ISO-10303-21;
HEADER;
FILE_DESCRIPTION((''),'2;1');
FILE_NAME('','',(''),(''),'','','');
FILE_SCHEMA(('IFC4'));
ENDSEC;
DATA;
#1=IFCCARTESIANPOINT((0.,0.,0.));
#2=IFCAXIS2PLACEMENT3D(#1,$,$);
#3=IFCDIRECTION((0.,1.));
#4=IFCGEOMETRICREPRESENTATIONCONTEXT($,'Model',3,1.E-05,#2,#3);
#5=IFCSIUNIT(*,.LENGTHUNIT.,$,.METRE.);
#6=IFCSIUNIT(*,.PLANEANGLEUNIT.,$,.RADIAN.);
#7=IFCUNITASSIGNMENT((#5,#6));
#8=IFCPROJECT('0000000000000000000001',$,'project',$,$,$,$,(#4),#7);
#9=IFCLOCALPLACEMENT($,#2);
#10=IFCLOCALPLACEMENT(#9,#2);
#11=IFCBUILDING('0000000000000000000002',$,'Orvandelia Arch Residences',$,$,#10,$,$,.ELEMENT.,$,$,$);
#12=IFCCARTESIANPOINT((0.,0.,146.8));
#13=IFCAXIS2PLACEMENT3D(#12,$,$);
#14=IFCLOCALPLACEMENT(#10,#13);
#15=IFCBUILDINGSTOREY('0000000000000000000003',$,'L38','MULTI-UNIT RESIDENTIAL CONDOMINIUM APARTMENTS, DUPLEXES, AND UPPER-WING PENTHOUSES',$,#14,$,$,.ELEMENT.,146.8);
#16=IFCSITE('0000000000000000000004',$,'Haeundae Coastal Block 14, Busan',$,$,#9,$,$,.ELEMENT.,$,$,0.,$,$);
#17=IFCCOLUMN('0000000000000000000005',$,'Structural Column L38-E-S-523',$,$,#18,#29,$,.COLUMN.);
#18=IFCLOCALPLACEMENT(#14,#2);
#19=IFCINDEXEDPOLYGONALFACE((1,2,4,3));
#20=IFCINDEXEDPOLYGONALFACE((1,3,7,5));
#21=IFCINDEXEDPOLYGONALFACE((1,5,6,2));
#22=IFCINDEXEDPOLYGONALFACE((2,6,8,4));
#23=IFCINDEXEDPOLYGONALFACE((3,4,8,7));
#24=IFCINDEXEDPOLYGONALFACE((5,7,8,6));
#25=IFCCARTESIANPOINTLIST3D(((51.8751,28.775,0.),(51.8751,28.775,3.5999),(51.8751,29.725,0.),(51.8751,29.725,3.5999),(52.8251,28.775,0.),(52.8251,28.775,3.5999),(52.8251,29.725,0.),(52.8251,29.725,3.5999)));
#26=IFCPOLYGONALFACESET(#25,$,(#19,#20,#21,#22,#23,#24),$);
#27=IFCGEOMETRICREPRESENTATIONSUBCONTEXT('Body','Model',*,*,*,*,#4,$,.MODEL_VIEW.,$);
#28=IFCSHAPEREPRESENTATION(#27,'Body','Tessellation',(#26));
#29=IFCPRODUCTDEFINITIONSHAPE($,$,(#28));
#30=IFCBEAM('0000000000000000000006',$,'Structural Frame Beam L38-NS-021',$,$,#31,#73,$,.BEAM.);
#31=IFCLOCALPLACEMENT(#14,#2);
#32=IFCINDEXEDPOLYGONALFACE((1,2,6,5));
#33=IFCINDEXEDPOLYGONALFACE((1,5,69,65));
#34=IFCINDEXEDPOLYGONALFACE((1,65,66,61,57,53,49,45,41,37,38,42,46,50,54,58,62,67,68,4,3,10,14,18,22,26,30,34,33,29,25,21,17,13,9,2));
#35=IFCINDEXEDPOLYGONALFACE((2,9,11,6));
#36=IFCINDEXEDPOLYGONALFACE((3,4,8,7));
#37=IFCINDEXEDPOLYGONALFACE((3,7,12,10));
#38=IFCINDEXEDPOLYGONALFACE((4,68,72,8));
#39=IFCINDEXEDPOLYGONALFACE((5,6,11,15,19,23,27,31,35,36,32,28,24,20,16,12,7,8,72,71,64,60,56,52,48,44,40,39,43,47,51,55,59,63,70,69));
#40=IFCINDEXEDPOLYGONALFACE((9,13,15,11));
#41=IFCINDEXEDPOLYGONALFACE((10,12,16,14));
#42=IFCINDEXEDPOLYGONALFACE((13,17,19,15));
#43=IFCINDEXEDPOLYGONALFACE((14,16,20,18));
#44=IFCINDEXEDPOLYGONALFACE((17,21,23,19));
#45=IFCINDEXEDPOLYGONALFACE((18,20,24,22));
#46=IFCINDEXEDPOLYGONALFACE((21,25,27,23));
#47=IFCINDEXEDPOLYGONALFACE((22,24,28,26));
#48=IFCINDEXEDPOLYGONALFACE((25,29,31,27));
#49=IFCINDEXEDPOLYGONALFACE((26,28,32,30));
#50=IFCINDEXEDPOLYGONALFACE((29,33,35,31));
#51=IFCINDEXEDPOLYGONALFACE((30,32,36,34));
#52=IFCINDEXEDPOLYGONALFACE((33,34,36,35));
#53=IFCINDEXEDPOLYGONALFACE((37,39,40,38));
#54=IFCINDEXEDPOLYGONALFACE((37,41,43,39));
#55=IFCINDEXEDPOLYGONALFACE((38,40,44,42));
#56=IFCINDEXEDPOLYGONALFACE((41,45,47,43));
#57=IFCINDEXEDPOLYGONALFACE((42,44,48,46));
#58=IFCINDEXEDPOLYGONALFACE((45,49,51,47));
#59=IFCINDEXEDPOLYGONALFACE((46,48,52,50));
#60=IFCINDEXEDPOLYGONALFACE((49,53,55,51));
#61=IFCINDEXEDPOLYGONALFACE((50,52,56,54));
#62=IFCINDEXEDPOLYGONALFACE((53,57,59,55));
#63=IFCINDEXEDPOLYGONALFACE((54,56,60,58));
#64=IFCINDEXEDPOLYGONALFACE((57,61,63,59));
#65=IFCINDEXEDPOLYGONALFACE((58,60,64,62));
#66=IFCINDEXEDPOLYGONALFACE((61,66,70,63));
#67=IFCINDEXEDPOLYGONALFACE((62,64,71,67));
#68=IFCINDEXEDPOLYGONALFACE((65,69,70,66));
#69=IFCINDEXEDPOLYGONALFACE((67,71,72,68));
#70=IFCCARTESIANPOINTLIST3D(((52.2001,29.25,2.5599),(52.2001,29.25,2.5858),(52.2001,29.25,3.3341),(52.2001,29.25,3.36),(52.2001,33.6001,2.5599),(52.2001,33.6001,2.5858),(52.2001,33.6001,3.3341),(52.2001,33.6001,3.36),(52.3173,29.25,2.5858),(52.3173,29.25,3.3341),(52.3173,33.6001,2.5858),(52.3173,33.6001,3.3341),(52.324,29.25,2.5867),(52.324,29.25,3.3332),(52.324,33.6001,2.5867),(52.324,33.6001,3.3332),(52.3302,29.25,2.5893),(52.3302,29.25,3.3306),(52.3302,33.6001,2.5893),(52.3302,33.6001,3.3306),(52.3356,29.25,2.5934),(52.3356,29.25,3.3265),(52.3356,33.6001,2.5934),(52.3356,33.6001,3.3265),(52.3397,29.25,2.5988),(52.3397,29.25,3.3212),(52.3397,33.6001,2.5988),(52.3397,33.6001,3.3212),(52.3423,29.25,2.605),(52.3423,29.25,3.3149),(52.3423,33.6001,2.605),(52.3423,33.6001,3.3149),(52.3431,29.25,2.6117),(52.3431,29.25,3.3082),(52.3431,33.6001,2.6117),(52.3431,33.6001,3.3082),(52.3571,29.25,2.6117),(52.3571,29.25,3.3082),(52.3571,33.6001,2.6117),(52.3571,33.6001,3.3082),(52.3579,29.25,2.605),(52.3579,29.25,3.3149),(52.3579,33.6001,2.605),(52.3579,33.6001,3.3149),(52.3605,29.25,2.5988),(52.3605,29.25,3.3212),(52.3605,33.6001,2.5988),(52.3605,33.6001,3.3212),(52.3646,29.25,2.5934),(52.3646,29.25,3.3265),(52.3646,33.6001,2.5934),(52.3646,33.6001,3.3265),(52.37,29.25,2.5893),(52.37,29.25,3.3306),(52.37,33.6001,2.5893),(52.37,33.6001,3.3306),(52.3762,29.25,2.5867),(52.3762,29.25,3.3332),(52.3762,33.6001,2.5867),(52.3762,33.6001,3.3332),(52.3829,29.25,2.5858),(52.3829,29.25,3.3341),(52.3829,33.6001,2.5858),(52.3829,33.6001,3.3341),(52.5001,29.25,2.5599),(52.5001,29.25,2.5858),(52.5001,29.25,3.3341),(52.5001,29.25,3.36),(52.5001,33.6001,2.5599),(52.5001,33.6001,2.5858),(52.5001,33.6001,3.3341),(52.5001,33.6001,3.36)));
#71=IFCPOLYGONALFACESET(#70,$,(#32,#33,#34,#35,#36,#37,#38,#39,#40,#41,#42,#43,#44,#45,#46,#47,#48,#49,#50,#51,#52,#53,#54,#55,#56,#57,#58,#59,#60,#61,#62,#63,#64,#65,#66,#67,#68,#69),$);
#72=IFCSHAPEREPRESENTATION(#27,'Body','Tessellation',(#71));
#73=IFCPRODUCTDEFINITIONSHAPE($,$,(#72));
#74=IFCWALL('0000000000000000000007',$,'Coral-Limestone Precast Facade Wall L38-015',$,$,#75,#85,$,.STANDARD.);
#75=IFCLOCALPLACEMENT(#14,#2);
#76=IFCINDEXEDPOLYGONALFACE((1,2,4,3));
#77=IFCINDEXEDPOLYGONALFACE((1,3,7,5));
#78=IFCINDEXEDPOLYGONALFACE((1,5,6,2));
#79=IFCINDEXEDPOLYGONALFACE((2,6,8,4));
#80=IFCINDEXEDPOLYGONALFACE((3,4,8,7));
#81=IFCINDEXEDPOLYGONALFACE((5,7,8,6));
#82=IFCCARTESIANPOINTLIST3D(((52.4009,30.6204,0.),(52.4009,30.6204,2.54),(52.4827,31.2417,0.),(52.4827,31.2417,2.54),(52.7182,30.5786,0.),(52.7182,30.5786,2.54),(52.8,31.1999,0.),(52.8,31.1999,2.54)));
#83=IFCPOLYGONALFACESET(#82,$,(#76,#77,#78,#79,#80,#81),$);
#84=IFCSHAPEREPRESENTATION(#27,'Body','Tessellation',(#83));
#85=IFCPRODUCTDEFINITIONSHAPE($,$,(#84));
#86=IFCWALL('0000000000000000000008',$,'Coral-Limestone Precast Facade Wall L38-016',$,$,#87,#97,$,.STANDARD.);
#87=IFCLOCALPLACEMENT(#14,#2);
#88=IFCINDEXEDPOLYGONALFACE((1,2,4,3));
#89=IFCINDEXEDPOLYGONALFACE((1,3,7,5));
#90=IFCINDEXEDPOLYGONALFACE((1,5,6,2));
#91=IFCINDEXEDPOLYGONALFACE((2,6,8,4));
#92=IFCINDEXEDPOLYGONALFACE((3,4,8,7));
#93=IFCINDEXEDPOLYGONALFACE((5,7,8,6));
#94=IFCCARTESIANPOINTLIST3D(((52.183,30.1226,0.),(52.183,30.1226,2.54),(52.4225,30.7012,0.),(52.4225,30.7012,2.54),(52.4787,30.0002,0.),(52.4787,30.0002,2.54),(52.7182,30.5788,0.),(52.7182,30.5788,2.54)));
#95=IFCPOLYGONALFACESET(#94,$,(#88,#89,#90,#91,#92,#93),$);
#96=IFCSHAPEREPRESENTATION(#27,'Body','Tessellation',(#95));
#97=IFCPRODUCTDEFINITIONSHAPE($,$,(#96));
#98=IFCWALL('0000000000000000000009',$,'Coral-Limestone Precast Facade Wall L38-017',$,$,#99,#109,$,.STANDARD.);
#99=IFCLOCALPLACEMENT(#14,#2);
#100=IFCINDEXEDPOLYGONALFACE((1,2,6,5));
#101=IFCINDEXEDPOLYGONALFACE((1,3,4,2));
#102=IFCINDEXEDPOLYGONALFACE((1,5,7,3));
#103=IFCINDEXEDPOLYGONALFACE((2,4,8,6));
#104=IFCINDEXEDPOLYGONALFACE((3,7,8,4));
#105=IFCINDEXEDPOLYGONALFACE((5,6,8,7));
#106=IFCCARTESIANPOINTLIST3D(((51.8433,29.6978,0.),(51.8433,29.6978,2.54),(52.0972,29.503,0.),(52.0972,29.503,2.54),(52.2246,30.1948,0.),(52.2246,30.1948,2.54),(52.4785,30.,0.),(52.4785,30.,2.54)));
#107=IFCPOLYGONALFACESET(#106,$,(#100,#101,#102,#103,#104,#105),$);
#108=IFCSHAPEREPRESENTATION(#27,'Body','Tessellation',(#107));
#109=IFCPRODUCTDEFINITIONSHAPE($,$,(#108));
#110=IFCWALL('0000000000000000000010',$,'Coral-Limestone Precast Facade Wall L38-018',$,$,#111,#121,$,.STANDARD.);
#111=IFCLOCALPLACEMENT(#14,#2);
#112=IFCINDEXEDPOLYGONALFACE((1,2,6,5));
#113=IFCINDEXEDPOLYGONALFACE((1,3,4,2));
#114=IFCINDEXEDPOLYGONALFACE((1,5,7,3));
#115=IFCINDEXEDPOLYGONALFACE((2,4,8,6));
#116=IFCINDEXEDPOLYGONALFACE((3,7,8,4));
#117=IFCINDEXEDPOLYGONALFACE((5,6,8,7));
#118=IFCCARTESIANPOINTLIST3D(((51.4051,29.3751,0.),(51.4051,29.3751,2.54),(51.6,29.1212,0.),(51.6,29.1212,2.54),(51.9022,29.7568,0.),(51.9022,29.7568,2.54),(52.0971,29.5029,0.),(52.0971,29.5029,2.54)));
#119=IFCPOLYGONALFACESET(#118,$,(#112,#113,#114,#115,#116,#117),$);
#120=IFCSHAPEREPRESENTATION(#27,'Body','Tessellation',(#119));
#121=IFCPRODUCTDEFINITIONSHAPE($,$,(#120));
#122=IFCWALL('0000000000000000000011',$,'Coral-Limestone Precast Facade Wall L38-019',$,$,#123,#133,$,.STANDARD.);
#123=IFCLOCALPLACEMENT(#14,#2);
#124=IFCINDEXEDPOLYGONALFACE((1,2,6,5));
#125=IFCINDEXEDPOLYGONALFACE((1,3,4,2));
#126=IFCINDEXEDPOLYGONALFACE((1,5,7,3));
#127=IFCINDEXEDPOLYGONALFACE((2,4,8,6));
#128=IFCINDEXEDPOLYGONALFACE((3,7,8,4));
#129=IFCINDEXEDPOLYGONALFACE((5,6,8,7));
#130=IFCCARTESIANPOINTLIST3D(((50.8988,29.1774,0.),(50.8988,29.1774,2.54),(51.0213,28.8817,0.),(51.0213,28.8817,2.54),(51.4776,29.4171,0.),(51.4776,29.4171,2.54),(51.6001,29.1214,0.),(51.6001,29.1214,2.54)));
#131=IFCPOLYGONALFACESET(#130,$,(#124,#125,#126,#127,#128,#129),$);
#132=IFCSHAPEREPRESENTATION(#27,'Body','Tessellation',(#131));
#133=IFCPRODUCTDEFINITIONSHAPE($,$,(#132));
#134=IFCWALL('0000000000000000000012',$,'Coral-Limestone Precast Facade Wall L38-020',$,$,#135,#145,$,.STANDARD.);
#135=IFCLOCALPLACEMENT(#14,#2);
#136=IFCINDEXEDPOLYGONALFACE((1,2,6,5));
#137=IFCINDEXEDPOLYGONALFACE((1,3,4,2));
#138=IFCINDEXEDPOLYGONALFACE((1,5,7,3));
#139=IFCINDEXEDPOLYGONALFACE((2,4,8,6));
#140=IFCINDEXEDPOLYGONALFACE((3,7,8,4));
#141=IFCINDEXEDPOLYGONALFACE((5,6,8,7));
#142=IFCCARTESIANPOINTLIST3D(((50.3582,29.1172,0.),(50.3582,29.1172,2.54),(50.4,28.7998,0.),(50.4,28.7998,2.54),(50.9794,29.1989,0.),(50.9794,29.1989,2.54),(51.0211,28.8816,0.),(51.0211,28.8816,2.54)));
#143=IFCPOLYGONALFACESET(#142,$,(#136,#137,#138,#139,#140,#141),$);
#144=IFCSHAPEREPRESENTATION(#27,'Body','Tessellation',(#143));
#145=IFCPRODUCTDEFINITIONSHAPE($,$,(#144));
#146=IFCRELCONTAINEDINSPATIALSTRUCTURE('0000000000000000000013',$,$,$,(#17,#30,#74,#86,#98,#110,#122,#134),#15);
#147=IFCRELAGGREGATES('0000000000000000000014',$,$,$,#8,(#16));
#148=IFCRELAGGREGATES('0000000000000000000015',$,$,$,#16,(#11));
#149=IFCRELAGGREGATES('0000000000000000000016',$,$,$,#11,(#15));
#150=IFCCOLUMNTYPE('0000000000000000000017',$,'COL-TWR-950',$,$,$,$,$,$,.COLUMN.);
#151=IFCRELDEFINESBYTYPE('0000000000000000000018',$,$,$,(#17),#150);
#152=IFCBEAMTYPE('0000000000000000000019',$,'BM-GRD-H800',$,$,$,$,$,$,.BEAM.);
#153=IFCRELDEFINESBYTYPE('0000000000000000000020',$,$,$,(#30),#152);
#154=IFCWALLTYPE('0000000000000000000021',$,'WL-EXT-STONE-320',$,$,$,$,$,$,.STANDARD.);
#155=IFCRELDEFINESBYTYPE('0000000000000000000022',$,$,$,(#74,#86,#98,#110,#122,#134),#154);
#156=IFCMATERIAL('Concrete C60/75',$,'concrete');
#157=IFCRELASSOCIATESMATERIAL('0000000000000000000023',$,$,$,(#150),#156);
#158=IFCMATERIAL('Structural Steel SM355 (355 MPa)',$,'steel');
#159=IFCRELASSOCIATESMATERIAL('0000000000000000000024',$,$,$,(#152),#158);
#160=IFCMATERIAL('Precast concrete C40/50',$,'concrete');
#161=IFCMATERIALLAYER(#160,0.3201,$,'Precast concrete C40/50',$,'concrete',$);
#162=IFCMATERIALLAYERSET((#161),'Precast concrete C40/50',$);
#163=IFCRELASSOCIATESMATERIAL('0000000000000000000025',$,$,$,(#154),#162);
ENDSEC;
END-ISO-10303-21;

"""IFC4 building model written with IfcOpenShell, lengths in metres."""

from ifc_helpers import new_model, si_unit, direction, frame, frame_2d, origin, origin_2d, place, context, subcontext, project, spatial, rectangle, i_section, extrude, material, layer, layer_set, material_profile, profile_set, type_object, element, save


model = new_model("IFC4")

# Units and contexts
model_context = context("Model", 3, precision=1e-05, world=origin(), true_north=direction((0.0, 1.0)))
body_context = subcontext(model_context, "Body", "Model", "MODEL_VIEW")
ifc_project = project(units=[si_unit("LENGTHUNIT", "METRE"), si_unit("PLANEANGLEUNIT", "RADIAN")], contexts=[model_context])

# Site, building, storey
site_placement = place(None, origin())
site = spatial("IfcSite", under=ifc_project, at=site_placement, Name="Haeundae Coastal Block 14, Busan", CompositionType="ELEMENT", RefElevation=0.0)
building_placement = place(site_placement, origin())
building = spatial("IfcBuilding", under=site, at=building_placement, Name="Orvandelia Arch Residences", CompositionType="ELEMENT")
storey_placement = place(building_placement, frame((0.0, 0.0, 146.8)))
storey = spatial("IfcBuildingStorey", under=building, at=storey_placement, Name="L38", Description="MULTI-UNIT RESIDENTIAL CONDOMINIUM APARTMENTS, DUPLEXES, AND UPPER-WING PENTHOUSES", CompositionType="ELEMENT", Elevation=146.8)

# Column
ifc_material_1 = material(Name="Concrete C60/75", Category="concrete")
ifc_material_profile_1 = material_profile(ifc_material_1, rectangle(XDim=0.95, YDim=0.95, at=origin_2d()), Name="Concrete C60/75", Category="concrete")
ifc_profile_set_1 = profile_set([ifc_material_profile_1], Name="Concrete C60/75")
column_type = type_object("IfcColumnType", Name="COL-TWR-950", PredefinedType="COLUMN", material=ifc_profile_set_1)
column_placement = place(storey_placement, frame((52.3501, 29.25, 0.0), z_axis=(0.0, 0.0, 1.0), x_axis=(1.0, 0.0, 0.0)))
element("IfcColumn", 1, at=column_placement, inside=storey, type_object=column_type, Name="Structural Column L38-E-S-523", PredefinedType="COLUMN", context=body_context, shape_type="SweptSolid", body=[
    extrude(rectangle(XDim=0.95, YDim=0.95, at=origin_2d()), origin(), (0.0, 0.0, 1.0), 3.5999),
])

# Beam
ifc_material_2 = material(Name="Structural Steel SM355 (355 MPa)", Category="steel")
ifc_material_profile_2 = material_profile(ifc_material_2, i_section(OverallWidth=0.3, OverallDepth=0.8, WebThickness=0.0139, FlangeThickness=0.0259, FilletRadius=0.0259, at=origin_2d()), Name="Structural Steel SM355 (355 MPa)", Category="steel")
ifc_profile_set_2 = profile_set([ifc_material_profile_2], Name="Structural Steel SM355 (355 MPa)")
beam_type = type_object("IfcBeamType", Name="BM-GRD-H800", PredefinedType="BEAM", material=ifc_profile_set_2)
beam_placement = place(storey_placement, frame((52.3501, 29.25, 2.96), z_axis=(0.0, 1.0, 0.0), x_axis=(-1.0, 0.0, 0.0)))
element("IfcBeam", 2, at=beam_placement, inside=storey, type_object=beam_type, Name="Structural Frame Beam L38-NS-021", PredefinedType="BEAM", context=body_context, shape_type="SweptSolid", body=[
    extrude(i_section(OverallWidth=0.3, OverallDepth=0.8, WebThickness=0.0139, FlangeThickness=0.0259, FilletRadius=0.0259, at=origin_2d()), origin(), (0.0, 0.0, 1.0), 4.3501),
])

# Walls
ifc_material_3 = material(Name="Precast concrete C40/50", Category="concrete")
ifc_layer = layer(ifc_material_3, 0.3201, Name="Precast concrete C40/50", Category="concrete")
ifc_layer_set = layer_set([ifc_layer], Name="Precast concrete C40/50")
wall_type = type_object("IfcWallType", Name="WL-EXT-STONE-320", PredefinedType="STANDARD", material=ifc_layer_set)
wall_1_placement = place(storey_placement, frame((52.6414, 31.2209, 0.0), z_axis=(0.0, 0.0, 1.0), x_axis=(-0.130505, -0.991448, 0.0)))
element("IfcWall", 3, at=wall_1_placement, inside=storey, type_object=wall_type, Name="Coral-Limestone Precast Facade Wall L38-015", PredefinedType="STANDARD", context=body_context, shape_type="SweptSolid", body=[
    extrude(rectangle(XDim=0.6267, YDim=0.3201, at=frame_2d((0.3135, 0.0))), origin(), (0.0, 0.0, 1.0), 2.54),
])
wall_2_placement = place(storey_placement, frame((52.5703, 30.6399, 0.0), z_axis=(0.0, 0.0, 1.0), x_axis=(-0.382455, -0.923974, 0.0)))
element("IfcWall", 4, at=wall_2_placement, inside=storey, type_object=wall_type, Name="Coral-Limestone Precast Facade Wall L38-016", PredefinedType="STANDARD", context=body_context, shape_type="SweptSolid", body=[
    extrude(rectangle(XDim=0.6262, YDim=0.3201, at=frame_2d((0.313, 0.0))), origin(), (0.0, 0.0, 1.0), 2.54),
])
wall_3_placement = place(storey_placement, frame((52.3516, 30.0974, 0.0), z_axis=(0.0, 0.0, 1.0), x_axis=(-0.608693, -0.793406, 0.0)))
element("IfcWall", 5, at=wall_3_placement, inside=storey, type_object=wall_type, Name="Coral-Limestone Precast Facade Wall L38-017", PredefinedType="STANDARD", context=body_context, shape_type="SweptSolid", body=[
    extrude(rectangle(XDim=0.6265, YDim=0.3201, at=frame_2d((0.3132, 0.0))), origin(), (0.0, 0.0, 1.0), 2.54),
])
wall_4_placement = place(storey_placement, frame((51.9998, 29.6299, 0.0), z_axis=(0.0, 0.0, 1.0), x_axis=(-0.793217, -0.608939, 0.0)))
element("IfcWall", 6, at=wall_4_placement, inside=storey, type_object=wall_type, Name="Coral-Limestone Precast Facade Wall L38-018", PredefinedType="STANDARD", context=body_context, shape_type="SweptSolid", body=[
    extrude(rectangle(XDim=0.6267, YDim=0.3201, at=frame_2d((0.3135, 0.0))), origin(), (0.0, 0.0, 1.0), 2.54),
])
for number, where, z_axis, x_axis, name in (
    (7, (51.5388, 29.2693, 0.0), (0.0, 0.0, 1.0), (-0.923893, -0.38265, 0.0), "Coral-Limestone Precast Facade Wall L38-019"),
    (8, (51.0002, 29.0403, 0.0), (0.0, 0.0, 1.0), (-0.991441, -0.130555, 0.0), "Coral-Limestone Precast Facade Wall L38-020"),
):
    element("IfcWall", number, at=place(storey_placement, frame(where, z_axis=z_axis, x_axis=x_axis)), inside=storey, type_object=wall_type, Name=name, PredefinedType="STANDARD", context=body_context, shape_type="SweptSolid", body=[
        extrude(rectangle(XDim=0.6265, YDim=0.3201, at=frame_2d((0.3132, 0.0))), origin(), (0.0, 0.0, 1.0), 2.54),
    ])

save(model, "model.ifc")
